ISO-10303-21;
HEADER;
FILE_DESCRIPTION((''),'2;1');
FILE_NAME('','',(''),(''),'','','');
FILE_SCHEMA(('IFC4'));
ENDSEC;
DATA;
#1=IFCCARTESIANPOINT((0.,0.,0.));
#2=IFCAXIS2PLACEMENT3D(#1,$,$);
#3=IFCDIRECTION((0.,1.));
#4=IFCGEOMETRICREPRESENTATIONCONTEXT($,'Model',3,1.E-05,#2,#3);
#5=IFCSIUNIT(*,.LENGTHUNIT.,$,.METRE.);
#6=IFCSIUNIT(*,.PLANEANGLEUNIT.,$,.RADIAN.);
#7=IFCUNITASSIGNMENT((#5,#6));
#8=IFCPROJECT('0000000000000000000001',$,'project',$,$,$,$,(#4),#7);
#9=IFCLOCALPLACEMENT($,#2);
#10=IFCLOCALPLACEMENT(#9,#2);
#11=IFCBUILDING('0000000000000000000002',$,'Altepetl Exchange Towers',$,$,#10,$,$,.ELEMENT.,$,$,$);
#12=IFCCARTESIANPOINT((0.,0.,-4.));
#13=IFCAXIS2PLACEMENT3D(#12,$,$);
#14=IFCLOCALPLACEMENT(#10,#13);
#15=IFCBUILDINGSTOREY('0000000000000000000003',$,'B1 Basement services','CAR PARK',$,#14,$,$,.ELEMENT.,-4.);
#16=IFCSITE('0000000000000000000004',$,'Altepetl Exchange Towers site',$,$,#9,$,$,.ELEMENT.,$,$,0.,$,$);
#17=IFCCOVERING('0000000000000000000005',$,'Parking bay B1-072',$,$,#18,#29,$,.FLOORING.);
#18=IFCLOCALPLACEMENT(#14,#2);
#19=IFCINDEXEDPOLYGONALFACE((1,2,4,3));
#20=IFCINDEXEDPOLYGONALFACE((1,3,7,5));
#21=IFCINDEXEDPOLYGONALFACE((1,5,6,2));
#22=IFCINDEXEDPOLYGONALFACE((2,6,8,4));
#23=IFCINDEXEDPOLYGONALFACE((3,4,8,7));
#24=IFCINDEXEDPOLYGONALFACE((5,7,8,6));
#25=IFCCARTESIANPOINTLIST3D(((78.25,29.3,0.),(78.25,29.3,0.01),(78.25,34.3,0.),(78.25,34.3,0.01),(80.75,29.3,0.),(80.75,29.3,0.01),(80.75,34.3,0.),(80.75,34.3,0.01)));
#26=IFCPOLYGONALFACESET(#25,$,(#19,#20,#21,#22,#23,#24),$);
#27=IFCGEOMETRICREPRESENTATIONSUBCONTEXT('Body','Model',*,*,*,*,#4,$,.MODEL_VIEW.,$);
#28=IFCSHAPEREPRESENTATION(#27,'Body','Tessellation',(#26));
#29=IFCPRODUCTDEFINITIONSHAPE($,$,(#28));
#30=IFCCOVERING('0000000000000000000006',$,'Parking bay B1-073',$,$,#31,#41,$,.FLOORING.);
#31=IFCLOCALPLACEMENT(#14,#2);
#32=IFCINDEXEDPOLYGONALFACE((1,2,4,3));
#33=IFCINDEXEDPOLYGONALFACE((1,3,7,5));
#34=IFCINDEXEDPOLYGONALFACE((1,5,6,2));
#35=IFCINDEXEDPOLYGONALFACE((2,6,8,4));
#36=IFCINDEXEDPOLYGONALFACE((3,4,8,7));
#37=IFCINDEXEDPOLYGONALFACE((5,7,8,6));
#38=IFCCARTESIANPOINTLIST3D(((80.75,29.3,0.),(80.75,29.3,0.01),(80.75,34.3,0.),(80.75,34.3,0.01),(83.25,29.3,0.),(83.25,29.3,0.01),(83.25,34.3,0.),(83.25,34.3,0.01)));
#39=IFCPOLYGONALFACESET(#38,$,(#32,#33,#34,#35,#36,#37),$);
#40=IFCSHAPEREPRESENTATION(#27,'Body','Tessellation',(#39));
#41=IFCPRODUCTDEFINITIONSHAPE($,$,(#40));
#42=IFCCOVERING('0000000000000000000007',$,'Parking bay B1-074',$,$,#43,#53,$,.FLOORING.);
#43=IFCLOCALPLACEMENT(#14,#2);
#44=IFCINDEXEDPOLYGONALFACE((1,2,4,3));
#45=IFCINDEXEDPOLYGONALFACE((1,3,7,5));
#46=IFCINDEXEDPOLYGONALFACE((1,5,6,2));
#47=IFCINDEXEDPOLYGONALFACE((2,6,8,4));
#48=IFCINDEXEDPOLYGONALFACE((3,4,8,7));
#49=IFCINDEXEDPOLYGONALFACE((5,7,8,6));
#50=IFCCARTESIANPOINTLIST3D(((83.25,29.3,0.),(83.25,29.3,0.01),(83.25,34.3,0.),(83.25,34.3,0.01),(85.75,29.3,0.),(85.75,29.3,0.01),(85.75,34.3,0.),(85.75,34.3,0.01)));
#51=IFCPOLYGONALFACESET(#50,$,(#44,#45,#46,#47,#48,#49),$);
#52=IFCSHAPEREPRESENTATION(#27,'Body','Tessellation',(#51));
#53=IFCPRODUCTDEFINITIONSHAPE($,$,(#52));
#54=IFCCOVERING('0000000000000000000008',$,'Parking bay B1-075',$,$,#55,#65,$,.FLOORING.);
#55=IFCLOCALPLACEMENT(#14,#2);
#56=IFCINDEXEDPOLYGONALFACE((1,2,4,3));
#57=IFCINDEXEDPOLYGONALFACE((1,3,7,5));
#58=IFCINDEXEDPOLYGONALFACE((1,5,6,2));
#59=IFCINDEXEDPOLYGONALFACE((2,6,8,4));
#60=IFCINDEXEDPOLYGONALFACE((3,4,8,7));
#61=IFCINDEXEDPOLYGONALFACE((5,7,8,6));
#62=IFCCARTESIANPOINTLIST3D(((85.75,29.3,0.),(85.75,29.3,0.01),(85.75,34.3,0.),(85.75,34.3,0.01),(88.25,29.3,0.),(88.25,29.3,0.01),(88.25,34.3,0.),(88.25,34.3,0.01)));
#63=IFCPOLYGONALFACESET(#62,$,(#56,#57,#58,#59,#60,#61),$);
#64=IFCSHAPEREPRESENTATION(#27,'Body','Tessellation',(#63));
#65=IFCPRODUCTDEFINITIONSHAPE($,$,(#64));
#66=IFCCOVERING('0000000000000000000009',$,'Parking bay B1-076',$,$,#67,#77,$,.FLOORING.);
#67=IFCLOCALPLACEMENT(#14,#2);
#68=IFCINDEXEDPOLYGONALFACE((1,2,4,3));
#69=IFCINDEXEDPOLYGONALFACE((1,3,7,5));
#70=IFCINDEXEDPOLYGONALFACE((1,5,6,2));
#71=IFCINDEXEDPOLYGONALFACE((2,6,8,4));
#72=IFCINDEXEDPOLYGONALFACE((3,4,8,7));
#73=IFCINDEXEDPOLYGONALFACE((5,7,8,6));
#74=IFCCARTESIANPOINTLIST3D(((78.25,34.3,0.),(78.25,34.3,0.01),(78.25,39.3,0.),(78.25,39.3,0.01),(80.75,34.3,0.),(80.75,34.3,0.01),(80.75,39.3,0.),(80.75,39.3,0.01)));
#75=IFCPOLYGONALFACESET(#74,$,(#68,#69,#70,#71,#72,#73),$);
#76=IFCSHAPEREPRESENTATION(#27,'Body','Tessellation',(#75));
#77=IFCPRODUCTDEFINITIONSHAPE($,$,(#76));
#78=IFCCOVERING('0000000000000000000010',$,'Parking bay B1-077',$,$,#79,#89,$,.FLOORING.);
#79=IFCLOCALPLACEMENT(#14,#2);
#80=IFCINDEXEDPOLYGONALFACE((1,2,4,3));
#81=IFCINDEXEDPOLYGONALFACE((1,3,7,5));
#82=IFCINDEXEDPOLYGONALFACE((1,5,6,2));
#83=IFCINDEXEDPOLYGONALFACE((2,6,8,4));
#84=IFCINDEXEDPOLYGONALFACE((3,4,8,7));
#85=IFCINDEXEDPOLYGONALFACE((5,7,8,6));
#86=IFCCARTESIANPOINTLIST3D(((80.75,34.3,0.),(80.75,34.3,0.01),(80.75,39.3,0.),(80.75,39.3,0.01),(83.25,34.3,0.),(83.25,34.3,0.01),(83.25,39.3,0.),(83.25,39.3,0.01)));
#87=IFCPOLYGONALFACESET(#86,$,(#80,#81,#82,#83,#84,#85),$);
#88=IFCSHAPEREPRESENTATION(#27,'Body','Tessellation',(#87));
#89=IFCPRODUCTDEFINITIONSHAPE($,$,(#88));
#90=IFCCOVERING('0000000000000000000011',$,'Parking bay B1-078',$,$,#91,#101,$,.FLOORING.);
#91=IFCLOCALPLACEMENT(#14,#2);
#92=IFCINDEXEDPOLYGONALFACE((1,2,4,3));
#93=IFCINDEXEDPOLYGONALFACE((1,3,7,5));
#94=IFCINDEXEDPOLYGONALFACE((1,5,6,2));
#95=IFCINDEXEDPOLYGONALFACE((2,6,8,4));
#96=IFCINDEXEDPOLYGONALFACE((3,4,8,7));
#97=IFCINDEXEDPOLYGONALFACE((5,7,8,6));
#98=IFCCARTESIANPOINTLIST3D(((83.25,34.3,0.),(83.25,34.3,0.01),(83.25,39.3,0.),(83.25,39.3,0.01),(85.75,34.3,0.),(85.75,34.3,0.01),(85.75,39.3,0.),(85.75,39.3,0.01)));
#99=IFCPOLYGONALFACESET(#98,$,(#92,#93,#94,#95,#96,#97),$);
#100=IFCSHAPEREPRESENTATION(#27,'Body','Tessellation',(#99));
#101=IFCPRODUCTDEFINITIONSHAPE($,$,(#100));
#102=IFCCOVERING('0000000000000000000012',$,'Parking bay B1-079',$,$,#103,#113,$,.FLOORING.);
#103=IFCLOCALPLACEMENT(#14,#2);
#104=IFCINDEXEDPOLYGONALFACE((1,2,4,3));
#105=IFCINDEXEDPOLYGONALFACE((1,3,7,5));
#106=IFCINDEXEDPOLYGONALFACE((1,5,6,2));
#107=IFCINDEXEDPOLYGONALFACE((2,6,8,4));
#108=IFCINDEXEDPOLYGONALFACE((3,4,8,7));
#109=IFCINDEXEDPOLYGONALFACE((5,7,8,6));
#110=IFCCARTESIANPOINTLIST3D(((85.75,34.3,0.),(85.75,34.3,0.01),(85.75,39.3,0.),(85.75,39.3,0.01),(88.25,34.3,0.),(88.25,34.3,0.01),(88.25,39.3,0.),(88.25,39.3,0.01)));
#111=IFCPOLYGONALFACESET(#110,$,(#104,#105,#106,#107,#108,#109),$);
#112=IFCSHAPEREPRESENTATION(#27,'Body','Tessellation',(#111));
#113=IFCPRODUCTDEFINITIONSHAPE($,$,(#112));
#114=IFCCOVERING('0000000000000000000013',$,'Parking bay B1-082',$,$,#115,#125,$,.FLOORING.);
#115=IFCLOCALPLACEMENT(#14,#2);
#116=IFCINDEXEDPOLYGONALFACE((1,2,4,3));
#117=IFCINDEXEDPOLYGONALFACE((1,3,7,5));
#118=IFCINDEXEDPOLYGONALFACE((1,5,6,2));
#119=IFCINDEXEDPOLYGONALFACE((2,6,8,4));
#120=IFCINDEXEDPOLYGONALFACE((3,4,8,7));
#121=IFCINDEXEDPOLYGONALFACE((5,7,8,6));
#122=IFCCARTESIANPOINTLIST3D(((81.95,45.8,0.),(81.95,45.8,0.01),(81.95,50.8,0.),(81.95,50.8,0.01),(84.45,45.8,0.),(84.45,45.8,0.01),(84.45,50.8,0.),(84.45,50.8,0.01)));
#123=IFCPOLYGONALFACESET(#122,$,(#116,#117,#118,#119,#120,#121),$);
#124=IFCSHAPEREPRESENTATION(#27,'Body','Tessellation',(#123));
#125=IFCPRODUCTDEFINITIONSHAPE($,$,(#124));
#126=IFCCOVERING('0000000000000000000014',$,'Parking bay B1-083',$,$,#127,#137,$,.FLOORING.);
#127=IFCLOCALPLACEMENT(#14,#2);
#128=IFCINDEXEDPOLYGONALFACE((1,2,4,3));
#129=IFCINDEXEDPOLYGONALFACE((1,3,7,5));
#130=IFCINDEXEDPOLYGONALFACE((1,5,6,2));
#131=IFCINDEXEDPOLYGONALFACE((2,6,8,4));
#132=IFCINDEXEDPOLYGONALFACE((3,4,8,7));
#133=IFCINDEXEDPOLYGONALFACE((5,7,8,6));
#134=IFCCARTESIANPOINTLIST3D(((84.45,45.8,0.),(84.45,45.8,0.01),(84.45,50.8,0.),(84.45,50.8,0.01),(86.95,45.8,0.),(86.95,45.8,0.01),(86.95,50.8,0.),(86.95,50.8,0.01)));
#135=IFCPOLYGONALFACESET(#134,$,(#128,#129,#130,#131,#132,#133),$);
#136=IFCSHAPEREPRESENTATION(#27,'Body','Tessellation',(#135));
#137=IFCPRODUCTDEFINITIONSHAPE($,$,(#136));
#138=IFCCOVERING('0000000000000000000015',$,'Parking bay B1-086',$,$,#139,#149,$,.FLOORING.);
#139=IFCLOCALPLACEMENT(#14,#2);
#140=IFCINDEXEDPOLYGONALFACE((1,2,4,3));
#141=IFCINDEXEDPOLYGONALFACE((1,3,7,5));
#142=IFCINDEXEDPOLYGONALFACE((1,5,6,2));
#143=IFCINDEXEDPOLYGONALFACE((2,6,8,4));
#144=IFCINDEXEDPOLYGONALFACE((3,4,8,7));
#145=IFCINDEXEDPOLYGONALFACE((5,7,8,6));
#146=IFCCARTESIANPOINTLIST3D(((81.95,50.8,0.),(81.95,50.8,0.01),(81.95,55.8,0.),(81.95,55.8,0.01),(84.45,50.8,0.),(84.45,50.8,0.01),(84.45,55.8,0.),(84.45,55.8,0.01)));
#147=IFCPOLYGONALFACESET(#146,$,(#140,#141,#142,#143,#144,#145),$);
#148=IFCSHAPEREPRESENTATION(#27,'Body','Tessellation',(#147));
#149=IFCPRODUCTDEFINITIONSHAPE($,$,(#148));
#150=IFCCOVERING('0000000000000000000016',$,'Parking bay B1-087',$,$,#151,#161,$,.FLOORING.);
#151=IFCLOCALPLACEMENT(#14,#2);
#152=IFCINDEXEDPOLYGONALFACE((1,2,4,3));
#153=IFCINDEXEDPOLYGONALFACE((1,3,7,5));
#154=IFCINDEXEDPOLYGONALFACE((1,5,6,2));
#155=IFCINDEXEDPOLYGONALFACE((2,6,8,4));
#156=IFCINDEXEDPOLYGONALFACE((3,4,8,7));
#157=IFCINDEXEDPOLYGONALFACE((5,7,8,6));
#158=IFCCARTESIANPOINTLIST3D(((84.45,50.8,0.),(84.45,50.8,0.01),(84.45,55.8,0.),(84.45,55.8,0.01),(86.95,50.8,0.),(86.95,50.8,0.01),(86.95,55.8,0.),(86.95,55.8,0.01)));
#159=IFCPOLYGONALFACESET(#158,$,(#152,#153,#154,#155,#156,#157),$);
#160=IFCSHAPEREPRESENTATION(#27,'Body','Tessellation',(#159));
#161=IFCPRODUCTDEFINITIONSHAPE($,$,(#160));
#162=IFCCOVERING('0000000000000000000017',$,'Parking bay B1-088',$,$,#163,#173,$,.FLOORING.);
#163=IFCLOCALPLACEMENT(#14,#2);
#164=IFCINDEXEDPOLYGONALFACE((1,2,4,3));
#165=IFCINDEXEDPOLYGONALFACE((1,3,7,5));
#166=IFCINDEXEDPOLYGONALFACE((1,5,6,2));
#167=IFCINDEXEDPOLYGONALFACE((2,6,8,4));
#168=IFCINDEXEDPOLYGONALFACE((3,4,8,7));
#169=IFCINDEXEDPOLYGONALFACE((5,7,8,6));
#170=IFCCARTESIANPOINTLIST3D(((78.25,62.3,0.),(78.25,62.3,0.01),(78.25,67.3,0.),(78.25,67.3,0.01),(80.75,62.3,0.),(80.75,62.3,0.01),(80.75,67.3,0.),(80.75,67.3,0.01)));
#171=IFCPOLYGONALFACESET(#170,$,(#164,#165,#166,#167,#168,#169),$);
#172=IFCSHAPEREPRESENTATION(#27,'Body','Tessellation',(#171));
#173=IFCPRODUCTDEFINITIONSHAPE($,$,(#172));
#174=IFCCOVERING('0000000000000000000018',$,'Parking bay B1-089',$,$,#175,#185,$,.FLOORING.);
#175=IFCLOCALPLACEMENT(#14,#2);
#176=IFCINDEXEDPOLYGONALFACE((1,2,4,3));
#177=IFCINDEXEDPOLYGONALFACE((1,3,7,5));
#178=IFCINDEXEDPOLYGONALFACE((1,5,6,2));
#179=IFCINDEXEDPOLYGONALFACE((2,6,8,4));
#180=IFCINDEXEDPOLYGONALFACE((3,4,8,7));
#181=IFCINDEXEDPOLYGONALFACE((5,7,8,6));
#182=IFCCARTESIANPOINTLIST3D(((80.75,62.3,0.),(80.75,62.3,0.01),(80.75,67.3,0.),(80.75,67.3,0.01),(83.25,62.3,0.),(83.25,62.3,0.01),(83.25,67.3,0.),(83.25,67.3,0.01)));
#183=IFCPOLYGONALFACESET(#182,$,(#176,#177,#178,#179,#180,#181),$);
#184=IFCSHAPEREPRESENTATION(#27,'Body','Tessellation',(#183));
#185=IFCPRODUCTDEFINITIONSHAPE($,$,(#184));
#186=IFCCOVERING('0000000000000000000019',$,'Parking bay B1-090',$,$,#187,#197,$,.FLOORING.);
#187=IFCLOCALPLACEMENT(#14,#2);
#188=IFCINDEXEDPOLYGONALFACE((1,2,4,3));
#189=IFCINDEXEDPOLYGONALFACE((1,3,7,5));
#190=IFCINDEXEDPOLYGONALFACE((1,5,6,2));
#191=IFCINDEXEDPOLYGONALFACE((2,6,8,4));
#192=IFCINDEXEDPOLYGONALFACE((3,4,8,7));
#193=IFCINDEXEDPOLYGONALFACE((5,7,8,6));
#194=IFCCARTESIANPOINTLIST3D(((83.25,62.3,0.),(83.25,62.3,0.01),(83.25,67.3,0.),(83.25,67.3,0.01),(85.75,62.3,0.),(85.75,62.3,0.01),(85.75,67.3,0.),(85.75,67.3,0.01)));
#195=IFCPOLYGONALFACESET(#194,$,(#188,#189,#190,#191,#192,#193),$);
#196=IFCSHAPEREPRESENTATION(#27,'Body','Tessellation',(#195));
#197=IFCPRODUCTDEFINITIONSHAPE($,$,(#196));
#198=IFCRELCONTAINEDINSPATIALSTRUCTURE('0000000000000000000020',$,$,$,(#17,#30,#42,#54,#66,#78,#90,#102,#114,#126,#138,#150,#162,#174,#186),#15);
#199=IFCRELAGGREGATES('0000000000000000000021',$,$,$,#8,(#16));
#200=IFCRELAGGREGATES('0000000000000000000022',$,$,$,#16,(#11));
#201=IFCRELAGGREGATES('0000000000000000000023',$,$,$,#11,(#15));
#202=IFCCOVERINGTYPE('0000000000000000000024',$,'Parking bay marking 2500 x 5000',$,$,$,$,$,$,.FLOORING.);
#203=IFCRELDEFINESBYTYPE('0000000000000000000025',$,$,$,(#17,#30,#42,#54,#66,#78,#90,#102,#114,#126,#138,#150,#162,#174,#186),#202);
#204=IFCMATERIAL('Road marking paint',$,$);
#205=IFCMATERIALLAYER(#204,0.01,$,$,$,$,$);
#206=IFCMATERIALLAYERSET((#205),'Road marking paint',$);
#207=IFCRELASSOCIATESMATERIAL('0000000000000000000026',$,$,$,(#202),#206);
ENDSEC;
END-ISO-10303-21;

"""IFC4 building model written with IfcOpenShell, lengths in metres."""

from ifc_helpers import new_model, si_unit, direction, frame, origin, place, context, subcontext, project, spatial, polyline, outline, extrude, material, layer, layer_set, type_object, element, save


model = new_model("IFC4")

# Units and contexts
model_context = context("Model", 3, precision=1e-05, world=origin(), true_north=direction((0.0, 1.0)))
body_context = subcontext(model_context, "Body", "Model", "MODEL_VIEW")
ifc_project = project(units=[si_unit("LENGTHUNIT", "METRE"), si_unit("PLANEANGLEUNIT", "RADIAN")], contexts=[model_context])

# Site, building, storey
site_placement = place(None, origin())
site = spatial("IfcSite", under=ifc_project, at=site_placement, Name="Altepetl Exchange Towers site", CompositionType="ELEMENT", RefElevation=0.0)
building_placement = place(site_placement, origin())
building = spatial("IfcBuilding", under=site, at=building_placement, Name="Altepetl Exchange Towers", CompositionType="ELEMENT")
storey_placement = place(building_placement, frame((0.0, 0.0, -4.0)))
storey = spatial("IfcBuildingStorey", under=building, at=storey_placement, Name="B1 Basement services", Description="CAR PARK", CompositionType="ELEMENT", Elevation=-4.0)

# Coverings
ifc_material = material(Name="Road marking paint")
ifc_layer_1 = layer(ifc_material, 0.01)
ifc_layer_set_1 = layer_set([ifc_layer_1], Name="Road marking paint")
covering_type_1 = type_object("IfcCoveringType", Name="Parking bay marking 2500 x 5000", PredefinedType="FLOORING", material=ifc_layer_set_1)
covering_1_placement = place(storey_placement, origin())
element("IfcCovering", 1, at=covering_1_placement, inside=storey, type_object=covering_type_1, Name="Parking bay B1-072", PredefinedType="FLOORING", context=body_context, shape_type="SweptSolid", body=[
    extrude(outline(polyline([(78.25, 29.3), (80.75, 29.3), (80.75, 34.3), (78.25, 34.3), (78.25, 29.3)])), origin(), (0.0, 0.0, 1.0), 0.01),
])
covering_2_placement = place(storey_placement, origin())
element("IfcCovering", 2, at=covering_2_placement, inside=storey, type_object=covering_type_1, Name="Parking bay B1-073", PredefinedType="FLOORING", context=body_context, shape_type="SweptSolid", body=[
    extrude(outline(polyline([(80.75, 29.3), (83.25, 29.3), (83.25, 34.3), (80.75, 34.3), (80.75, 29.3)])), origin(), (0.0, 0.0, 1.0), 0.01),
])
covering_3_placement = place(storey_placement, origin())
element("IfcCovering", 3, at=covering_3_placement, inside=storey, type_object=covering_type_1, Name="Parking bay B1-074", PredefinedType="FLOORING", context=body_context, shape_type="SweptSolid", body=[
    extrude(outline(polyline([(83.25, 29.3), (85.75, 29.3), (85.75, 34.3), (83.25, 34.3), (83.25, 29.3)])), origin(), (0.0, 0.0, 1.0), 0.01),
])
covering_4_placement = place(storey_placement, origin())
element("IfcCovering", 4, at=covering_4_placement, inside=storey, type_object=covering_type_1, Name="Parking bay B1-075", PredefinedType="FLOORING", context=body_context, shape_type="SweptSolid", body=[
    extrude(outline(polyline([(85.75, 29.3), (88.25, 29.3), (88.25, 34.3), (85.75, 34.3), (85.75, 29.3)])), origin(), (0.0, 0.0, 1.0), 0.01),
])
covering_5_placement = place(storey_placement, origin())
element("IfcCovering", 5, at=covering_5_placement, inside=storey, type_object=covering_type_1, Name="Parking bay B1-076", PredefinedType="FLOORING", context=body_context, shape_type="SweptSolid", body=[
    extrude(outline(polyline([(78.25, 34.3), (80.75, 34.3), (80.75, 39.3), (78.25, 39.3), (78.25, 34.3)])), origin(), (0.0, 0.0, 1.0), 0.01),
])
covering_6_placement = place(storey_placement, origin())
element("IfcCovering", 6, at=covering_6_placement, inside=storey, type_object=covering_type_1, Name="Parking bay B1-077", PredefinedType="FLOORING", context=body_context, shape_type="SweptSolid", body=[
    extrude(outline(polyline([(80.75, 34.3), (83.25, 34.3), (83.25, 39.3), (80.75, 39.3), (80.75, 34.3)])), origin(), (0.0, 0.0, 1.0), 0.01),
])
covering_7_placement = place(storey_placement, origin())
element("IfcCovering", 7, at=covering_7_placement, inside=storey, type_object=covering_type_1, Name="Parking bay B1-078", PredefinedType="FLOORING", context=body_context, shape_type="SweptSolid", body=[
    extrude(outline(polyline([(83.25, 34.3), (85.75, 34.3), (85.75, 39.3), (83.25, 39.3), (83.25, 34.3)])), origin(), (0.0, 0.0, 1.0), 0.01),
])
covering_8_placement = place(storey_placement, origin())
element("IfcCovering", 8, at=covering_8_placement, inside=storey, type_object=covering_type_1, Name="Parking bay B1-079", PredefinedType="FLOORING", context=body_context, shape_type="SweptSolid", body=[
    extrude(outline(polyline([(85.75, 34.3), (88.25, 34.3), (88.25, 39.3), (85.75, 39.3), (85.75, 34.3)])), origin(), (0.0, 0.0, 1.0), 0.01),
])
covering_9_placement = place(storey_placement, origin())
element("IfcCovering", 9, at=covering_9_placement, inside=storey, type_object=covering_type_1, Name="Parking bay B1-082", PredefinedType="FLOORING", context=body_context, shape_type="SweptSolid", body=[
    extrude(outline(polyline([(81.95, 45.8), (84.45, 45.8), (84.45, 50.8), (81.95, 50.8), (81.95, 45.8)])), origin(), (0.0, 0.0, 1.0), 0.01),
])
covering_10_placement = place(storey_placement, origin())
element("IfcCovering", 10, at=covering_10_placement, inside=storey, type_object=covering_type_1, Name="Parking bay B1-083", PredefinedType="FLOORING", context=body_context, shape_type="SweptSolid", body=[
    extrude(outline(polyline([(84.45, 45.8), (86.95, 45.8), (86.95, 50.8), (84.45, 50.8), (84.45, 45.8)])), origin(), (0.0, 0.0, 1.0), 0.01),
])
covering_11_placement = place(storey_placement, origin())
element("IfcCovering", 11, at=covering_11_placement, inside=storey, type_object=covering_type_1, Name="Parking bay B1-086", PredefinedType="FLOORING", context=body_context, shape_type="SweptSolid", body=[
    extrude(outline(polyline([(81.95, 50.8), (84.45, 50.8), (84.45, 55.8), (81.95, 55.8), (81.95, 50.8)])), origin(), (0.0, 0.0, 1.0), 0.01),
])
covering_12_placement = place(storey_placement, origin())
element("IfcCovering", 12, at=covering_12_placement, inside=storey, type_object=covering_type_1, Name="Parking bay B1-087", PredefinedType="FLOORING", context=body_context, shape_type="SweptSolid", body=[
    extrude(outline(polyline([(84.45, 50.8), (86.95, 50.8), (86.95, 55.8), (84.45, 55.8), (84.45, 50.8)])), origin(), (0.0, 0.0, 1.0), 0.01),
])
covering_13_placement = place(storey_placement, origin())
element("IfcCovering", 13, at=covering_13_placement, inside=storey, type_object=covering_type_1, Name="Parking bay B1-088", PredefinedType="FLOORING", context=body_context, shape_type="SweptSolid", body=[
    extrude(outline(polyline([(78.25, 62.3), (80.75, 62.3), (80.75, 67.3), (78.25, 67.3), (78.25, 62.3)])), origin(), (0.0, 0.0, 1.0), 0.01),
])
covering_14_placement = place(storey_placement, origin())
element("IfcCovering", 14, at=covering_14_placement, inside=storey, type_object=covering_type_1, Name="Parking bay B1-089", PredefinedType="FLOORING", context=body_context, shape_type="SweptSolid", body=[
    extrude(outline(polyline([(80.75, 62.3), (83.25, 62.3), (83.25, 67.3), (80.75, 67.3), (80.75, 62.3)])), origin(), (0.0, 0.0, 1.0), 0.01),
])
covering_15_placement = place(storey_placement, origin())
element("IfcCovering", 15, at=covering_15_placement, inside=storey, type_object=covering_type_1, Name="Parking bay B1-090", PredefinedType="FLOORING", context=body_context, shape_type="SweptSolid", body=[
    extrude(outline(polyline([(83.25, 62.3), (85.75, 62.3), (85.75, 67.3), (83.25, 67.3), (83.25, 62.3)])), origin(), (0.0, 0.0, 1.0), 0.01),
])

save(model, "model.ifc")
